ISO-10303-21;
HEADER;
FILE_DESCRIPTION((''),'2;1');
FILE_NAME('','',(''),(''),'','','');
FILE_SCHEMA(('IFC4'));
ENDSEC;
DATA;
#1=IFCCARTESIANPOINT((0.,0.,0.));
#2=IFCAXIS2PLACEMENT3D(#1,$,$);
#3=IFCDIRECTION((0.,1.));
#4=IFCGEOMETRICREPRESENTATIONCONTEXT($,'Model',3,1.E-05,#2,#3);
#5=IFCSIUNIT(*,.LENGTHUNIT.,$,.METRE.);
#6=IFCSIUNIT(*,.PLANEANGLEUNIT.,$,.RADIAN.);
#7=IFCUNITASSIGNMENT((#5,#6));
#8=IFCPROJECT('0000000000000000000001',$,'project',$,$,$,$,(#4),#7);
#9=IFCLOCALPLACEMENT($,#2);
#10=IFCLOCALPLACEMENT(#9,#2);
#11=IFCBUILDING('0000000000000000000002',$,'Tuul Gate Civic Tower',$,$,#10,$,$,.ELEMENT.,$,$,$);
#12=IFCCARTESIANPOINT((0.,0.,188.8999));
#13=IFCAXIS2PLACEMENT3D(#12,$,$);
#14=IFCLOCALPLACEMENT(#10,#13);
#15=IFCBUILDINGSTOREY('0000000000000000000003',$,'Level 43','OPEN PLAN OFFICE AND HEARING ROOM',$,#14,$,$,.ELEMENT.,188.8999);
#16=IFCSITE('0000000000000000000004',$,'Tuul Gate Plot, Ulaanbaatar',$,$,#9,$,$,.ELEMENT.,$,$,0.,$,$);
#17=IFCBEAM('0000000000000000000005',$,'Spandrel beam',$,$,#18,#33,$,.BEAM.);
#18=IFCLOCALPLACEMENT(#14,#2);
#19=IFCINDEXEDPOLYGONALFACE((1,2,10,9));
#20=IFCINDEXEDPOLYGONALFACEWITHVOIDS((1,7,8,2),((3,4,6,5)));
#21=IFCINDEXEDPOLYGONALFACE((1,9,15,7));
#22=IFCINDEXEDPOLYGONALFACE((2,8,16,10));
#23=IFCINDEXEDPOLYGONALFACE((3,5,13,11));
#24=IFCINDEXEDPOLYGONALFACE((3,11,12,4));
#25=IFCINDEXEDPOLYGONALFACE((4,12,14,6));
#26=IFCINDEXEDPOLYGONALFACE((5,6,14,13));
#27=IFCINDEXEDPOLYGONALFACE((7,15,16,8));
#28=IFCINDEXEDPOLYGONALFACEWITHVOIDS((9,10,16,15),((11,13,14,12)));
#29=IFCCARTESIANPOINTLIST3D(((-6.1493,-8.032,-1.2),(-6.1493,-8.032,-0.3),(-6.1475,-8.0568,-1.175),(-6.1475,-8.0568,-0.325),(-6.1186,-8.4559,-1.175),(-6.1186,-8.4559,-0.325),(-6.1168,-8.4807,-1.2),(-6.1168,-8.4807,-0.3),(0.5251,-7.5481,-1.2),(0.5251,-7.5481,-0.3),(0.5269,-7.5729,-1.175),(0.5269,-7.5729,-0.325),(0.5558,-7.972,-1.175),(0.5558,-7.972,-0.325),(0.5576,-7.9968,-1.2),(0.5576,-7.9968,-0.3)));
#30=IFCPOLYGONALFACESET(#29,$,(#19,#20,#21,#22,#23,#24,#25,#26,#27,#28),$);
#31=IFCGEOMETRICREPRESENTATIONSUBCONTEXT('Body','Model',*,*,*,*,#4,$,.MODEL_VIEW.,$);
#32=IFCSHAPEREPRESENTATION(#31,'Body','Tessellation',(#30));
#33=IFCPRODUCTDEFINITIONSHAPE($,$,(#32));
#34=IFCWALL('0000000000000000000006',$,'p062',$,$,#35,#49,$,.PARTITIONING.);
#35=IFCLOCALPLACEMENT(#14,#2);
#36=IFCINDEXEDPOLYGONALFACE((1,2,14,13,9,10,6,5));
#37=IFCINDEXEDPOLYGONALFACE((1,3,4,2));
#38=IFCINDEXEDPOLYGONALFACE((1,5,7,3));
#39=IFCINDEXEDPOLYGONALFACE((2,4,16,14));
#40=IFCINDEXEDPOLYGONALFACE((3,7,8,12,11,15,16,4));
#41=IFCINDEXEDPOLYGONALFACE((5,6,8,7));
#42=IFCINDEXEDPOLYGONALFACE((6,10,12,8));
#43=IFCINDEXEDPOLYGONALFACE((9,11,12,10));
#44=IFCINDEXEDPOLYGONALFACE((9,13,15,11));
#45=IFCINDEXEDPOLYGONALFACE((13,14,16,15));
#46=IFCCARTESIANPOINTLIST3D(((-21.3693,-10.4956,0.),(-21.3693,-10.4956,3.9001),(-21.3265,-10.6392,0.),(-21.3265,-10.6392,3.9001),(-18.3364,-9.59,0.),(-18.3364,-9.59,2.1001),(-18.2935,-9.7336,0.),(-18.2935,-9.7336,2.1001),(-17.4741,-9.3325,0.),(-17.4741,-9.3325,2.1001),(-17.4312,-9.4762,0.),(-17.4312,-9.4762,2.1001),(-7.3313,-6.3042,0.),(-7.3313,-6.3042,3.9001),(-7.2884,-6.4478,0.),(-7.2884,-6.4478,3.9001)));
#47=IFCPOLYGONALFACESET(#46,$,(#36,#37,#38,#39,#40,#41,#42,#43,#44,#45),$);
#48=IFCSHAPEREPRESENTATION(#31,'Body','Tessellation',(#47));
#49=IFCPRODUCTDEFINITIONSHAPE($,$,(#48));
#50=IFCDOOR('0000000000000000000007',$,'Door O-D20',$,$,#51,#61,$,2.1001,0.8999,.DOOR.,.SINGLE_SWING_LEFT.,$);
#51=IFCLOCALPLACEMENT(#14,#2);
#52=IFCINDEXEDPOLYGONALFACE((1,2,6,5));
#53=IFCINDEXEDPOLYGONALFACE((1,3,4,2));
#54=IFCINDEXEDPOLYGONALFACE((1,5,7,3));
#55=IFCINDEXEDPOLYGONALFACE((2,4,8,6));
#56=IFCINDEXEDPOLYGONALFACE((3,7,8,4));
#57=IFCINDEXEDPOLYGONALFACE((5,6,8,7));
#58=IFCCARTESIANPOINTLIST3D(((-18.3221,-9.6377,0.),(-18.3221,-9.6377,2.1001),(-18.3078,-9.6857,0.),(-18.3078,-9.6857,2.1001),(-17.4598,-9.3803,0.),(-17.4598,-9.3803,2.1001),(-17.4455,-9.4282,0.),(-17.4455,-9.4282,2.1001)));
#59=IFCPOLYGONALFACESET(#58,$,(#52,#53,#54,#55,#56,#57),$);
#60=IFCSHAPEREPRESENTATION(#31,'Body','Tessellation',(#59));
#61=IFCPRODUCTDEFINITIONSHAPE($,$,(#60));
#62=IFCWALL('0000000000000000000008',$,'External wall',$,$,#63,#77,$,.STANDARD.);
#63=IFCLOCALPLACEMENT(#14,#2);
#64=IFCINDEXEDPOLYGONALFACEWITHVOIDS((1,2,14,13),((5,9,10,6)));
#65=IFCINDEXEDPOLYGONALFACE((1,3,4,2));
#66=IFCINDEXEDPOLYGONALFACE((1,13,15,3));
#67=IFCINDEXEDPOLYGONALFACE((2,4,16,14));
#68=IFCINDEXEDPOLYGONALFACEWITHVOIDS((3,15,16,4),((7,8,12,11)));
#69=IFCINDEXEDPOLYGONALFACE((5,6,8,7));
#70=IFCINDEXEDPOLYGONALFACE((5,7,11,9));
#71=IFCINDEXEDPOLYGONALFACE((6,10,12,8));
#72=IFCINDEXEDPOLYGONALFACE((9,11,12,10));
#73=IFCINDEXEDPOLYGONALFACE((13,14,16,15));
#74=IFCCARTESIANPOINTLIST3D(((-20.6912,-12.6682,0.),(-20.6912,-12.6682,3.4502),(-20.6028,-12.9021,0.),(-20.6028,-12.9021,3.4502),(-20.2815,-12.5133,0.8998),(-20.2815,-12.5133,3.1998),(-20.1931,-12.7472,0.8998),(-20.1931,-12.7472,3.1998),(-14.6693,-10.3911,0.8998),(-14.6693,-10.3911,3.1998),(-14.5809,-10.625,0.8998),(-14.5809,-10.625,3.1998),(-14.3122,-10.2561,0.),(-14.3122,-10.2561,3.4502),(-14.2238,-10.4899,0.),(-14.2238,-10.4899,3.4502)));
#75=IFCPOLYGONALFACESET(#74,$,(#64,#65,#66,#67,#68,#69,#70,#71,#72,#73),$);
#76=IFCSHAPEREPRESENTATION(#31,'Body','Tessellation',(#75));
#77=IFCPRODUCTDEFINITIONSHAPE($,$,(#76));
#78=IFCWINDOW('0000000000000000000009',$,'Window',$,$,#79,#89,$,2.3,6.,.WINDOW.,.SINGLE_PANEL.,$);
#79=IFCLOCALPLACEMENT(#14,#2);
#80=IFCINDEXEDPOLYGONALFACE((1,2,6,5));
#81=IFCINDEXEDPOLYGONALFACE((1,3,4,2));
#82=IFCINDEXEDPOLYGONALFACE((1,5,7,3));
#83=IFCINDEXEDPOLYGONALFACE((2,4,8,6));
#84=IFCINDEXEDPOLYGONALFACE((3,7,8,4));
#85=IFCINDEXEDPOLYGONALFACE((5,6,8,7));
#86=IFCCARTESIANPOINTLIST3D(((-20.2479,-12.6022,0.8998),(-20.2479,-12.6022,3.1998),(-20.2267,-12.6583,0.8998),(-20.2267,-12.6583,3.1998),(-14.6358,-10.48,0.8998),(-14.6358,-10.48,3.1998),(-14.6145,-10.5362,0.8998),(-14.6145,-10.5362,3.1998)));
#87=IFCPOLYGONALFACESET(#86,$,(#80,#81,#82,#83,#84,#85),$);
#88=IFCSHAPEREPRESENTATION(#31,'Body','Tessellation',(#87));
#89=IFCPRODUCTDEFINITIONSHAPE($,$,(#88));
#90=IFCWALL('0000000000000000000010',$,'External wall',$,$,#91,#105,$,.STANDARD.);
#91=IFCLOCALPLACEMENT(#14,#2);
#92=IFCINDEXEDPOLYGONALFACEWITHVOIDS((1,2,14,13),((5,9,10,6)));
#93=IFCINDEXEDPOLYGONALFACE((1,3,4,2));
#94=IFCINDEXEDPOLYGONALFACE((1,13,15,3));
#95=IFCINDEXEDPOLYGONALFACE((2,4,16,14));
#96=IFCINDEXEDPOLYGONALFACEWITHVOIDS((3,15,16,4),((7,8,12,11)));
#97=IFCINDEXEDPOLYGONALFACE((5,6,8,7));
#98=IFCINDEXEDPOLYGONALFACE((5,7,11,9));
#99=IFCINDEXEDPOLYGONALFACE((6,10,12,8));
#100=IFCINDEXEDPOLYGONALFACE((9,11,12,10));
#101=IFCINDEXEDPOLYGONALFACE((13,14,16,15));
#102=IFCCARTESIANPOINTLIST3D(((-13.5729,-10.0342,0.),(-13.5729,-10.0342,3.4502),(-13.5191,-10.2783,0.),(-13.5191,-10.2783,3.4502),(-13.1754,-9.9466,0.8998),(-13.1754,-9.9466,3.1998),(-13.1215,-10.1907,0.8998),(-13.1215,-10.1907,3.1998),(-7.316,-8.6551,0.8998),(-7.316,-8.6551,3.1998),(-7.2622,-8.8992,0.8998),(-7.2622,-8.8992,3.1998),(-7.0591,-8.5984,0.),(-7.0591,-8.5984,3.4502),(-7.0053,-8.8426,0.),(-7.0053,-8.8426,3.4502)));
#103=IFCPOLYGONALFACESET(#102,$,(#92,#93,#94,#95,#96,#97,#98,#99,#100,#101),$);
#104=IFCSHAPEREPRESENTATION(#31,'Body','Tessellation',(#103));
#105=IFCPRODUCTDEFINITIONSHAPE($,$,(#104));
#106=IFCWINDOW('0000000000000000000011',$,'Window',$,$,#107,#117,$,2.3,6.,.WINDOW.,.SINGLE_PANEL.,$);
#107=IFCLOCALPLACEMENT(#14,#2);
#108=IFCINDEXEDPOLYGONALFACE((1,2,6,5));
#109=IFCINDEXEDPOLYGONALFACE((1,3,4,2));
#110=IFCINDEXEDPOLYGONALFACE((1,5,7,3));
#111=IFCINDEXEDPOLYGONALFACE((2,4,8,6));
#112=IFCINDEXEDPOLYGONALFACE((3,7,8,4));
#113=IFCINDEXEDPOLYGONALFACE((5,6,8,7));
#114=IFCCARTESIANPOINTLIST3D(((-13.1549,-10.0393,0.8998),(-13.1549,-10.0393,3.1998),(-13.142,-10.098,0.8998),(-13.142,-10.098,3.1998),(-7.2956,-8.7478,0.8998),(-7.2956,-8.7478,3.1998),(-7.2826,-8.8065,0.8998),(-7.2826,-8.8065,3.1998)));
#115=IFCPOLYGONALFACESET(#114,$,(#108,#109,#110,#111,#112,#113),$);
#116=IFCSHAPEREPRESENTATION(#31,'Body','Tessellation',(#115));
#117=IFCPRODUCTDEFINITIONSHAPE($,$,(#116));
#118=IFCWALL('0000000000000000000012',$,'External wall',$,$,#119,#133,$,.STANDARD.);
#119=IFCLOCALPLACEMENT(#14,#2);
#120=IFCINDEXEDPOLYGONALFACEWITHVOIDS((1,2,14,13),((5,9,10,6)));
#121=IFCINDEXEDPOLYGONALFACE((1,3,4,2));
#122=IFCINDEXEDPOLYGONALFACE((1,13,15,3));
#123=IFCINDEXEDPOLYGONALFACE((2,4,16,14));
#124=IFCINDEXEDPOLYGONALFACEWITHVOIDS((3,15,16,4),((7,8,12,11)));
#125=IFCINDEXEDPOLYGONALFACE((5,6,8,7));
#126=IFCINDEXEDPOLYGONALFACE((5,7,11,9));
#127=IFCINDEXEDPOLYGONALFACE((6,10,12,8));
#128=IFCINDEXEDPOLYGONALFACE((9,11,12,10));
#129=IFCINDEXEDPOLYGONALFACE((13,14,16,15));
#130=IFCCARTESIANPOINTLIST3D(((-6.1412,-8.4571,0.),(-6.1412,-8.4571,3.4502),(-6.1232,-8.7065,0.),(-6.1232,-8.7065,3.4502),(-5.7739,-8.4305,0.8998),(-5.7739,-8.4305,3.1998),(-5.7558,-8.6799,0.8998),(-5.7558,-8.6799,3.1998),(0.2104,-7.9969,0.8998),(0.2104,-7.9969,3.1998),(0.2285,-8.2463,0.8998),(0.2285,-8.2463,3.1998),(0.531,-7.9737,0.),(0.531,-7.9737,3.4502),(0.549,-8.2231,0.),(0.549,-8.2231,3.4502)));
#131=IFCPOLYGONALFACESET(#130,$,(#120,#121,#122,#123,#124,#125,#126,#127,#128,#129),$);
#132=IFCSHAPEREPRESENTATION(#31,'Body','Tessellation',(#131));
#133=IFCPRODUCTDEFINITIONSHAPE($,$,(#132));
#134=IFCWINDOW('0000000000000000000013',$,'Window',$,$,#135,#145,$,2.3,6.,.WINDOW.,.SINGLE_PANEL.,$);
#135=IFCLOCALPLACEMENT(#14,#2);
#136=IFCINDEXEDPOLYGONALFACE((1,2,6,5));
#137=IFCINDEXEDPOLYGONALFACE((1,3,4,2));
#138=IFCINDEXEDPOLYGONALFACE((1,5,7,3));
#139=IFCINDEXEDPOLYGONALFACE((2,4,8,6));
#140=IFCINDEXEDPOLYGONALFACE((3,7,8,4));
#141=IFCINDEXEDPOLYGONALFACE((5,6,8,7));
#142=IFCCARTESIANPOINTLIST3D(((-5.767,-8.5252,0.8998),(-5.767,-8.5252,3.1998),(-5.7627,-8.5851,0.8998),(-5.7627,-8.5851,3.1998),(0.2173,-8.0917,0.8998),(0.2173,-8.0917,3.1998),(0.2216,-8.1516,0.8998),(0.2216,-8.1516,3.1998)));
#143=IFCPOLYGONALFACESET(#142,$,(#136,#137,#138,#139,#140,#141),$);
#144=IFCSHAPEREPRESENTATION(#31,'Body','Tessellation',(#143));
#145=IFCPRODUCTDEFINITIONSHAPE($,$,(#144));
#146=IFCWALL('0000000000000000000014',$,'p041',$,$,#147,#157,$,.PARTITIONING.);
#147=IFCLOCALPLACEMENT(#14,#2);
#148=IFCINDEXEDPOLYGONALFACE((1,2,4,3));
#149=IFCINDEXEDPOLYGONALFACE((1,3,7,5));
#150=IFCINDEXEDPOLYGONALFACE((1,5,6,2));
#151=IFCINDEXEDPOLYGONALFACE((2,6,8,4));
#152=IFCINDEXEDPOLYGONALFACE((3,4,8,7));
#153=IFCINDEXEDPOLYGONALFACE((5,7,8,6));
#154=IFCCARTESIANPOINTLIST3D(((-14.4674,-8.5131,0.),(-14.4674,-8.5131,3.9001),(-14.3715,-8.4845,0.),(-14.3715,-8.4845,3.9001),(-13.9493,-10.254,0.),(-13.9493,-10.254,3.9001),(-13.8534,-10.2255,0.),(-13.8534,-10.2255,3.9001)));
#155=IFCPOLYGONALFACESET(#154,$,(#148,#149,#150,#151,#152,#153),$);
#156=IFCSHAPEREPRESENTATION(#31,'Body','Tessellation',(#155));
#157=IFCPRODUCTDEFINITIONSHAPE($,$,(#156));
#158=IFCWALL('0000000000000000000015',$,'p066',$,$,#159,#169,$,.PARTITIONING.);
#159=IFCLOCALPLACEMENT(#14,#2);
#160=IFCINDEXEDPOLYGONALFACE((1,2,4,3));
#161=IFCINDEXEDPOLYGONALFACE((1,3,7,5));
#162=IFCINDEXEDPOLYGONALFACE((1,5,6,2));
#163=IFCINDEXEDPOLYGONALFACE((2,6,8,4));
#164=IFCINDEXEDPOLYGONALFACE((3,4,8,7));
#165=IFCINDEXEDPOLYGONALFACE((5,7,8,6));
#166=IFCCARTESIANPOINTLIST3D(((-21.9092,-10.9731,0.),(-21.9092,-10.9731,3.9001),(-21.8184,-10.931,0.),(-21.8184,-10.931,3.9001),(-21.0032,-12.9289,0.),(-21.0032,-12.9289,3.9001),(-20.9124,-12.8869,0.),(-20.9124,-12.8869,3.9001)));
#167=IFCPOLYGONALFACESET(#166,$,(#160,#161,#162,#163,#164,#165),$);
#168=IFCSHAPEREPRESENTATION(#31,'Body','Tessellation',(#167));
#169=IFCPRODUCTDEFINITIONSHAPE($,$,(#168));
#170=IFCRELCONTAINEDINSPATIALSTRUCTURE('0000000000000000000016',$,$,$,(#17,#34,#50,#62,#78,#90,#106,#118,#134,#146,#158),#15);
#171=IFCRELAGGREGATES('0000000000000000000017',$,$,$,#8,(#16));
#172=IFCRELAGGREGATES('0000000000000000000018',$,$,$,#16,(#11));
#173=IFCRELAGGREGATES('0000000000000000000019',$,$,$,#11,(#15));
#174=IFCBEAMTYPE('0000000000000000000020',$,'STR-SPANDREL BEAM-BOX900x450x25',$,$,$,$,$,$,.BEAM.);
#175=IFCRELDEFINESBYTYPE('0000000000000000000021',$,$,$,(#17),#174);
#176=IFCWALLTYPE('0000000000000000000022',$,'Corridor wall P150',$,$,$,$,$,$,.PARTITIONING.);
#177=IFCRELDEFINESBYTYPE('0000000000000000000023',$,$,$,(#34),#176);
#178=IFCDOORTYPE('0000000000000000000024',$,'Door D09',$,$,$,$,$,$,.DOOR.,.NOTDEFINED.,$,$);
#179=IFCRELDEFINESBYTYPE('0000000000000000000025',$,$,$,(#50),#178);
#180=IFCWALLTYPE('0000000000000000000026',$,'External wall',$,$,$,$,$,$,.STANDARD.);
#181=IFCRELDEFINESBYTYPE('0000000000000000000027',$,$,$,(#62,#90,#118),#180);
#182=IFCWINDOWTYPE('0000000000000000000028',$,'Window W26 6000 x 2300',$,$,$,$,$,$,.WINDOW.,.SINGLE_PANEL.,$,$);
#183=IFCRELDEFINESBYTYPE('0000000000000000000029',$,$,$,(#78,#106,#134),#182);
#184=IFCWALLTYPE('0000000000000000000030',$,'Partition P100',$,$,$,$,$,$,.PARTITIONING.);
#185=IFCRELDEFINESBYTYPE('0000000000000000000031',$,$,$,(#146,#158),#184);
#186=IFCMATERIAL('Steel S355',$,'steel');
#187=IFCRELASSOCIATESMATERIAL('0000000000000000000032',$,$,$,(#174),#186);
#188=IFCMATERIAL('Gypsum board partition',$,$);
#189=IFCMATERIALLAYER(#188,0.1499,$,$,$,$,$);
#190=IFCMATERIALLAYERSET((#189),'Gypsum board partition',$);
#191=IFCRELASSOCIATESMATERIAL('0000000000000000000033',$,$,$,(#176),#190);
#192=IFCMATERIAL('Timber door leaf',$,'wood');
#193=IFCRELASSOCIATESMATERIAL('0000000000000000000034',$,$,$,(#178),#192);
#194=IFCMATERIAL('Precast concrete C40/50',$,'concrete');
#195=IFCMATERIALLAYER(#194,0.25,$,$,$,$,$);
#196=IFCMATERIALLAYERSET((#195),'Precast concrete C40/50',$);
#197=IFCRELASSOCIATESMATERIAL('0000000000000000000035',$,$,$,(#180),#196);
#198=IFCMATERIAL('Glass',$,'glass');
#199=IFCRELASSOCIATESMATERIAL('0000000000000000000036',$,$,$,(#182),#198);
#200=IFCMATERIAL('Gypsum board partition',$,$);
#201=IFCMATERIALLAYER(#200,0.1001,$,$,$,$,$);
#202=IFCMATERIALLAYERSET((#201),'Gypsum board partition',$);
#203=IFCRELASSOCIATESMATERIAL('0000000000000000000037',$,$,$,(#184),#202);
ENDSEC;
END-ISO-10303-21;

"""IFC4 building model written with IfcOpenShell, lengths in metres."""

from ifc_helpers import new_model, si_unit, direction, frame, frame_2d, origin, origin_2d, place, context, subcontext, project, spatial, rectangle, hollow_rectangle, extrude, material, layer, layer_set, material_profile, profile_set, type_object, element, fill, save


model = new_model("IFC4")

# Units and contexts
model_context = context("Model", 3, precision=1e-05, world=origin(), true_north=direction((0.0, 1.0)))
body_context = subcontext(model_context, "Body", "Model", "MODEL_VIEW")
ifc_project = project(units=[si_unit("LENGTHUNIT", "METRE"), si_unit("PLANEANGLEUNIT", "RADIAN")], contexts=[model_context])

# Site, building, storey
site_placement = place(None, origin())
site = spatial("IfcSite", under=ifc_project, at=site_placement, Name="Tuul Gate Plot, Ulaanbaatar", CompositionType="ELEMENT", RefElevation=0.0)
building_placement = place(site_placement, origin())
building = spatial("IfcBuilding", under=site, at=building_placement, Name="Tuul Gate Civic Tower", CompositionType="ELEMENT")
storey_placement = place(building_placement, frame((0.0, 0.0, 188.8999)))
storey = spatial("IfcBuildingStorey", under=building, at=storey_placement, Name="Level 43", Description="OPEN PLAN OFFICE AND HEARING ROOM", CompositionType="ELEMENT", Elevation=188.8999)

# Beam
ifc_material_1 = material(Name="Steel S355", Category="steel")
ifc_material_profile_1 = material_profile(ifc_material_1, hollow_rectangle(XDim=0.45, YDim=0.8999, WallThickness=0.0249, at=origin_2d()), Name="BOX900x450x25")
ifc_profile_set_1 = profile_set([ifc_material_profile_1], Name="Steel S355")
beam_type_1 = type_object("IfcBeamType", Name="STR-SPANDREL BEAM-BOX900x450x25", PredefinedType="BEAM", material=ifc_profile_set_1)
beam_1_placement = place(storey_placement, frame((-6.1331, -8.2563, -0.75), z_axis=(0.997382, 0.07231, 0.0), x_axis=(-0.07231, 0.997382, 0.0)))
element("IfcBeam", 1, at=beam_1_placement, inside=storey, type_object=beam_type_1, Name="Spandrel beam", PredefinedType="BEAM", context=body_context, shape_type="SweptSolid", body=[
    extrude(hollow_rectangle(XDim=0.45, YDim=0.8999, WallThickness=0.0249, at=origin_2d()), origin(), (0.0, 0.0, 1.0), 6.6919),
])

# Wall, opening, door
ifc_material_2 = material(Name="Gypsum board partition")
ifc_layer_1 = layer(ifc_material_2, 0.1499)
ifc_layer_set_1 = layer_set([ifc_layer_1], Name="Gypsum board partition")
wall_type_1 = type_object("IfcWallType", Name="Corridor wall P150", PredefinedType="PARTITIONING", material=ifc_layer_set_1)
wall_1_placement = place(storey_placement, frame((-21.3479, -10.5674, 0.0), z_axis=(0.0, 0.0, 1.0), x_axis=(0.958202, 0.286094, 0.0)))
wall_1 = element("IfcWall", 2, at=wall_1_placement, inside=storey, type_object=wall_type_1, Name="p062", PredefinedType="PARTITIONING", context=body_context, shape_type="SweptSolid", body=[
    extrude(rectangle(XDim=14.6504, YDim=0.1499, at=frame_2d((7.3252, 0.0))), origin(), (0.0, 0.0, 1.0), 3.9001),
])
opening_1_placement = place(wall_1_placement, frame((3.1653, 0.0, 0.0)))
opening_1 = element("IfcOpeningElement", 3, at=opening_1_placement, cuts=wall_1, PredefinedType="OPENING", context=body_context, shape_type="SweptSolid", body=[
    extrude(rectangle(XDim=0.8999, YDim=2.1001, at=frame_2d((0.45, 1.05))), frame((0.0, 0.085, 0.0), z_axis=(0.0, -1.0, 0.0), x_axis=(1.0, 0.0, 0.0)), (0.0, 0.0, 1.0), 0.1699),
])
ifc_material_3 = material(Name="Timber door leaf", Category="wood")
door_type = type_object("IfcDoorType", Name="Door D09", OperationType="NOTDEFINED", PredefinedType="DOOR", material=ifc_material_3)
door_placement = place(opening_1_placement, frame((0.8999, 0.0, 0.0), z_axis=(0.0, 0.0, 1.0), x_axis=(-1.0, 0.0, 0.0)))
door = element("IfcDoor", 4, at=door_placement, inside=storey, type_object=door_type, Name="Door O-D20", OperationType="SINGLE_SWING_LEFT", OverallHeight=2.1001, OverallWidth=0.8999, PredefinedType="DOOR", context=body_context, shape_type="SweptSolid", body=[
    extrude(rectangle(XDim=0.8999, YDim=2.1001, at=frame_2d((0.45, 1.05))), frame((0.0, 0.0249, 0.0), z_axis=(0.0, -1.0, 0.0), x_axis=(1.0, 0.0, 0.0)), (0.0, 0.0, 1.0), 0.05),
])
fill(opening_1, door)

# Walls, openings, windows
ifc_material_4 = material(Name="Precast concrete C40/50", Category="concrete")
ifc_layer_2 = layer(ifc_material_4, 0.25)
ifc_layer_set_2 = layer_set([ifc_layer_2], Name="Precast concrete C40/50")
wall_type_2 = type_object("IfcWallType", Name="External wall", PredefinedType="STANDARD", material=ifc_layer_set_2)
wall_2_placement = place(storey_placement, frame((-20.647, -12.7852, 0.0), z_axis=(0.0, 0.0, 1.0), x_axis=(0.935361, 0.353696, 0.0)))
wall_2 = element("IfcWall", 5, at=wall_2_placement, inside=storey, type_object=wall_type_2, Name="External wall", PredefinedType="STANDARD", context=body_context, shape_type="SweptSolid", body=[
    extrude(rectangle(XDim=6.8198, YDim=0.25, at=frame_2d((3.4099, 0.0))), origin(), (0.0, 0.0, 1.0), 3.4502),
])
opening_2_placement = place(wall_2_placement, frame((0.438, 0.0, 0.8999)))
opening_2 = element("IfcOpeningElement", 6, at=opening_2_placement, cuts=wall_2, PredefinedType="OPENING", context=body_context, shape_type="SweptSolid", body=[
    extrude(rectangle(XDim=6.0, YDim=2.3, at=frame_2d((3.0, 1.1499))), frame((0.0, 0.135, 0.0), z_axis=(0.0, -1.0, 0.0), x_axis=(1.0, 0.0, 0.0)), (0.0, 0.0, 1.0), 0.27),
])
ifc_material_5 = material(Name="Glass", Category="glass")
window_type = type_object("IfcWindowType", Name="Window W26 6000 x 2300", PartitioningType="SINGLE_PANEL", PredefinedType="WINDOW", material=ifc_material_5)
window_1_placement = place(opening_2_placement, origin())
window_1 = element("IfcWindow", 7, at=window_1_placement, inside=storey, type_object=window_type, Name="Window", OverallHeight=2.3, OverallWidth=6.0, PartitioningType="SINGLE_PANEL", PredefinedType="WINDOW", context=body_context, shape_type="SweptSolid", body=[
    extrude(rectangle(XDim=6.0, YDim=2.3, at=frame_2d((3.0, 1.1499))), frame((0.0, 0.03, 0.0), z_axis=(0.0, -1.0, 0.0), x_axis=(1.0, 0.0, 0.0)), (0.0, 0.0, 1.0), 0.0601),
])
fill(opening_2, window_1)
wall_3_placement = place(storey_placement, frame((-13.5459, -10.1562, 0.0), z_axis=(0.0, 0.0, 1.0), x_axis=(0.976559, 0.215252, 0.0)))
wall_3 = element("IfcWall", 8, at=wall_3_placement, inside=storey, type_object=wall_type_2, Name="External wall", PredefinedType="STANDARD", context=body_context, shape_type="SweptSolid", body=[
    extrude(rectangle(XDim=6.6702, YDim=0.25, at=frame_2d((3.335, 0.0))), origin(), (0.0, 0.0, 1.0), 3.4502),
])
opening_3_placement = place(wall_3_placement, frame((0.407, 0.0, 0.8999)))
opening_3 = element("IfcOpeningElement", 9, at=opening_3_placement, cuts=wall_3, PredefinedType="OPENING", context=body_context, shape_type="SweptSolid", body=[
    extrude(rectangle(XDim=6.0, YDim=2.3, at=frame_2d((3.0, 1.1499))), frame((0.0, 0.135, 0.0), z_axis=(0.0, -1.0, 0.0), x_axis=(1.0, 0.0, 0.0)), (0.0, 0.0, 1.0), 0.27),
])
window_2_placement = place(opening_3_placement, origin())
window_2 = element("IfcWindow", 10, at=window_2_placement, inside=storey, type_object=window_type, Name="Window", OverallHeight=2.3, OverallWidth=6.0, PartitioningType="SINGLE_PANEL", PredefinedType="WINDOW", context=body_context, shape_type="SweptSolid", body=[
    extrude(rectangle(XDim=6.0, YDim=2.3, at=frame_2d((3.0, 1.1499))), frame((0.0, 0.03, 0.0), z_axis=(0.0, -1.0, 0.0), x_axis=(1.0, 0.0, 0.0)), (0.0, 0.0, 1.0), 0.0601),
])
fill(opening_3, window_2)
wall_4_placement = place(storey_placement, frame((-6.1321, -8.5818, 0.0), z_axis=(0.0, 0.0, 1.0), x_axis=(0.997386, 0.072261, 0.0)))
wall_4 = element("IfcWall", 11, at=wall_4_placement, inside=storey, type_object=wall_type_2, Name="External wall", PredefinedType="STANDARD", context=body_context, shape_type="SweptSolid", body=[
    extrude(rectangle(XDim=6.6897, YDim=0.25, at=frame_2d((3.3447, 0.0))), origin(), (0.0, 0.0, 1.0), 3.4502),
])
opening_4_placement = place(wall_4_placement, frame((0.3682, 0.0, 0.8999)))
opening_4 = element("IfcOpeningElement", 12, at=opening_4_placement, cuts=wall_4, PredefinedType="OPENING", context=body_context, shape_type="SweptSolid", body=[
    extrude(rectangle(XDim=6.0, YDim=2.3, at=frame_2d((3.0, 1.1499))), frame((0.0, 0.135, 0.0), z_axis=(0.0, -1.0, 0.0), x_axis=(1.0, 0.0, 0.0)), (0.0, 0.0, 1.0), 0.27),
])
window_3_placement = place(opening_4_placement, origin())
window_3 = element("IfcWindow", 13, at=window_3_placement, inside=storey, type_object=window_type, Name="Window", OverallHeight=2.3, OverallWidth=6.0, PartitioningType="SINGLE_PANEL", PredefinedType="WINDOW", context=body_context, shape_type="SweptSolid", body=[
    extrude(rectangle(XDim=6.0, YDim=2.3, at=frame_2d((3.0, 1.1499))), frame((0.0, 0.03, 0.0), z_axis=(0.0, -1.0, 0.0), x_axis=(1.0, 0.0, 0.0)), (0.0, 0.0, 1.0), 0.0601),
])
fill(opening_4, window_3)

# Walls
ifc_material_6 = material(Name="Gypsum board partition")
ifc_layer_3 = layer(ifc_material_6, 0.1001)
ifc_layer_set_3 = layer_set([ifc_layer_3], Name="Gypsum board partition")
wall_type_3 = type_object("IfcWallType", Name="Partition P100", PredefinedType="PARTITIONING", material=ifc_layer_set_3)
wall_5_placement = place(storey_placement, frame((-14.4194, -8.4988, 0.0), z_axis=(0.0, 0.0, 1.0), x_axis=(0.285214, -0.958464, 0.0)))
element("IfcWall", 14, at=wall_5_placement, inside=storey, type_object=wall_type_3, Name="p041", PredefinedType="PARTITIONING", context=body_context, shape_type="SweptSolid", body=[
    extrude(rectangle(XDim=1.8164, YDim=0.1001, at=frame_2d((0.9082, 0.0))), origin(), (0.0, 0.0, 1.0), 3.9001),
])
wall_6_placement = place(storey_placement, frame((-21.8638, -10.9521, 0.0), z_axis=(0.0, 0.0, 1.0), x_axis=(0.420329, -0.907372, 0.0)))
element("IfcWall", 15, at=wall_6_placement, inside=storey, type_object=wall_type_3, Name="p066", PredefinedType="PARTITIONING", context=body_context, shape_type="SweptSolid", body=[
    extrude(rectangle(XDim=2.1555, YDim=0.1001, at=frame_2d((1.0776, 0.0))), origin(), (0.0, 0.0, 1.0), 3.9001),
])

save(model, "model.ifc")
